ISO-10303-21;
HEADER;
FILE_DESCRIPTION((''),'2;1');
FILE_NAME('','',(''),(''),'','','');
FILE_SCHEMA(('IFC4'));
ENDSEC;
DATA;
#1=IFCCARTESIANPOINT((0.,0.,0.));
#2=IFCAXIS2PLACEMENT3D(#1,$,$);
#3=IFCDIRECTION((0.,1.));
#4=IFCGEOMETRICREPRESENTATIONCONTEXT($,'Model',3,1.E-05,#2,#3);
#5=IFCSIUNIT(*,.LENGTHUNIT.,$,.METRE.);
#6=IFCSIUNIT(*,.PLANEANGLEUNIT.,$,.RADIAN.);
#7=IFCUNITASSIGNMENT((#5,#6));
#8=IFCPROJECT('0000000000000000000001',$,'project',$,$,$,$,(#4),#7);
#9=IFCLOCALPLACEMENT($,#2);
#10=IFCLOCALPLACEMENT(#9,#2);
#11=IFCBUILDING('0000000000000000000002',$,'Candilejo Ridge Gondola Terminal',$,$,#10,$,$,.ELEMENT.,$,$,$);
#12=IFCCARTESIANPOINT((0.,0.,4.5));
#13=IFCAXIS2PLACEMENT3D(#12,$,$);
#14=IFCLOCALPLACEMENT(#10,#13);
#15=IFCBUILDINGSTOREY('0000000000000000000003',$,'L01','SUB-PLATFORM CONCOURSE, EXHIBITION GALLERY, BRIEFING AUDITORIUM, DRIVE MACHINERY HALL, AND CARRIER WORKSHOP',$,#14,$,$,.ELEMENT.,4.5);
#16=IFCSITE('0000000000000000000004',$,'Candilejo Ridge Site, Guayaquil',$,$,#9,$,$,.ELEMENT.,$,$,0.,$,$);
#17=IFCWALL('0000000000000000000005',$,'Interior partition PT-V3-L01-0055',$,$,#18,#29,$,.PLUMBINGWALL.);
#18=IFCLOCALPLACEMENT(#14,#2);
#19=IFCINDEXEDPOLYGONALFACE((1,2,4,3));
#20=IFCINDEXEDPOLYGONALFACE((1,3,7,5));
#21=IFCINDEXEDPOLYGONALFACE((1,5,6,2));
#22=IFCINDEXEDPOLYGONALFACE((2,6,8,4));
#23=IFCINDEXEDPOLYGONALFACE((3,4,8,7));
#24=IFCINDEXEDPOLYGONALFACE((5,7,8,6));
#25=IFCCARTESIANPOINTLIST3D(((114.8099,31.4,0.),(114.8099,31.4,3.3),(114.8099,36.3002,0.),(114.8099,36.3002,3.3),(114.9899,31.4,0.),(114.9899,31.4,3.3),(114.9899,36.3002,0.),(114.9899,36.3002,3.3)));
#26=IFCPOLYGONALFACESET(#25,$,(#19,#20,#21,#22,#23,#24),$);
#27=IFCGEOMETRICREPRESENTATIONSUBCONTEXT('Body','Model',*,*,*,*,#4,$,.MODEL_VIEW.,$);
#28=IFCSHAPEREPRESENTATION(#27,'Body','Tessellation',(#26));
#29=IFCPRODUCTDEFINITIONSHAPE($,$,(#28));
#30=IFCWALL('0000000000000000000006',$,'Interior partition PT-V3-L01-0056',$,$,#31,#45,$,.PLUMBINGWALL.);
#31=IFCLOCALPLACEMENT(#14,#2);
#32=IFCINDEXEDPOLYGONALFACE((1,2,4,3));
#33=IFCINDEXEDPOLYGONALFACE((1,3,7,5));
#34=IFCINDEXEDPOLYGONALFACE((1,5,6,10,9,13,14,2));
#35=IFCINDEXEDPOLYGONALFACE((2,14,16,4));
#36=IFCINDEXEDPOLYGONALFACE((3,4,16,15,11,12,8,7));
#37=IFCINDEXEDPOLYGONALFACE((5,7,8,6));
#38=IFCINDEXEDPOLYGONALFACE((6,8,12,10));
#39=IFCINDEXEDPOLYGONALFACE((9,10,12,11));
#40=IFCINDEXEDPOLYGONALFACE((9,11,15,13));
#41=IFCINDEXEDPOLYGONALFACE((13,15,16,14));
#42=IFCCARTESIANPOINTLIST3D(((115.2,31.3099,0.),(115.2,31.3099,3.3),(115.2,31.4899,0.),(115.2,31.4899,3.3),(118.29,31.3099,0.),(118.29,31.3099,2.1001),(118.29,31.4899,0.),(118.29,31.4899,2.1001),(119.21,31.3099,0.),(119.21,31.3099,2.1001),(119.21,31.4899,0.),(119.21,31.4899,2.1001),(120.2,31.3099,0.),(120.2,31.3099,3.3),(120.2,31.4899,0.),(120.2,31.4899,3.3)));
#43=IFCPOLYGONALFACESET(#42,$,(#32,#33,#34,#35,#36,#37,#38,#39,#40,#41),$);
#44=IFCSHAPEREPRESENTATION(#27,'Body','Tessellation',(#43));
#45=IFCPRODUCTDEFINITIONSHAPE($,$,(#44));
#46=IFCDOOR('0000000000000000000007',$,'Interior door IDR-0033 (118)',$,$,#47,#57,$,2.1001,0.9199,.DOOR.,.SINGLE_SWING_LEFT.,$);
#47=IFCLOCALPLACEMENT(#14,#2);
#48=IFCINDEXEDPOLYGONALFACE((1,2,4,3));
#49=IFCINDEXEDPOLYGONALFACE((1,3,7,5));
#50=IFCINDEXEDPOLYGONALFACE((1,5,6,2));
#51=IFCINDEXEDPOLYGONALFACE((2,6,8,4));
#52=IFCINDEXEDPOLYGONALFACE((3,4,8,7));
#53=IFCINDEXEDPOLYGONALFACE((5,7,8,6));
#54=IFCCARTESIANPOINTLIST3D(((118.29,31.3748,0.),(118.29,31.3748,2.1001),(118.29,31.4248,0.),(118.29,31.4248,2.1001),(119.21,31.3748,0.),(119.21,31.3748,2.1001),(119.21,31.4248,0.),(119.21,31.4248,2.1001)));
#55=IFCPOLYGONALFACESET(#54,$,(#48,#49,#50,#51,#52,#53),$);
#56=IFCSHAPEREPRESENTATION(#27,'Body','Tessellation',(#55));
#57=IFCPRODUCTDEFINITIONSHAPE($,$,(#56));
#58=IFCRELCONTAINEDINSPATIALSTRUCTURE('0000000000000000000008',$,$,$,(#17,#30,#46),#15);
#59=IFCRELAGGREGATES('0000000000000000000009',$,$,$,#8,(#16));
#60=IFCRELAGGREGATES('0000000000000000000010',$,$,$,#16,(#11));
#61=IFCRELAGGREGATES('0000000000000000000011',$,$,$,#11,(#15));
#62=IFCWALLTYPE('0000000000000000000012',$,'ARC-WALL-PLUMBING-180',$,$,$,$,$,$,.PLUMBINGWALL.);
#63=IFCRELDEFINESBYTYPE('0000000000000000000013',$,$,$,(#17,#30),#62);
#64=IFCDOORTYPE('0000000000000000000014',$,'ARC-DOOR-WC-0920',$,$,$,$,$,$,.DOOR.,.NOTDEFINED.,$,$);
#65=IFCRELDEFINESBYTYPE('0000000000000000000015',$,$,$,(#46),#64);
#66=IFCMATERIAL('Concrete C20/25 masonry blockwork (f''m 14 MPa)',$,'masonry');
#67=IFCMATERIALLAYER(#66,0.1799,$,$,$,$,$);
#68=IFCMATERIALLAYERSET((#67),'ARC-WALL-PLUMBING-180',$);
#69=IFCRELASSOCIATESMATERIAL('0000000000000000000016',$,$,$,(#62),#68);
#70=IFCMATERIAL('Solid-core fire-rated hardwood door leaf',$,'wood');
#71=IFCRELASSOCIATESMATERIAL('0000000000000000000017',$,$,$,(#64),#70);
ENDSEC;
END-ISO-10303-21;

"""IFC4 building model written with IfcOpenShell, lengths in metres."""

from ifc_helpers import new_model, si_unit, direction, frame, frame_2d, origin, place, context, subcontext, project, spatial, rectangle, extrude, material, layer, layer_set, type_object, element, fill, save


model = new_model("IFC4")

# Units and contexts
model_context = context("Model", 3, precision=1e-05, world=origin(), true_north=direction((0.0, 1.0)))
body_context = subcontext(model_context, "Body", "Model", "MODEL_VIEW")
ifc_project = project(units=[si_unit("LENGTHUNIT", "METRE"), si_unit("PLANEANGLEUNIT", "RADIAN")], contexts=[model_context])

# Site, building, storey
site_placement = place(None, origin())
site = spatial("IfcSite", under=ifc_project, at=site_placement, Name="Candilejo Ridge Site, Guayaquil", CompositionType="ELEMENT", RefElevation=0.0)
building_placement = place(site_placement, origin())
building = spatial("IfcBuilding", under=site, at=building_placement, Name="Candilejo Ridge Gondola Terminal", CompositionType="ELEMENT")
storey_placement = place(building_placement, frame((0.0, 0.0, 4.5)))
storey = spatial("IfcBuildingStorey", under=building, at=storey_placement, Name="L01", Description="SUB-PLATFORM CONCOURSE, EXHIBITION GALLERY, BRIEFING AUDITORIUM, DRIVE MACHINERY HALL, AND CARRIER WORKSHOP", CompositionType="ELEMENT", Elevation=4.5)

# Wall
ifc_material_1 = material(Name="Concrete C20/25 masonry blockwork (f'm 14 MPa)", Category="masonry")
ifc_layer_1 = layer(ifc_material_1, 0.1799)
ifc_layer_set_1 = layer_set([ifc_layer_1], Name="ARC-WALL-PLUMBING-180")
wall_type_1 = type_object("IfcWallType", Name="ARC-WALL-PLUMBING-180", PredefinedType="PLUMBINGWALL", material=ifc_layer_set_1)
wall_1_placement = place(storey_placement, frame((114.8999, 31.3999, 0.0), z_axis=(0.0, 0.0, 1.0), x_axis=(0.0, 1.0, 0.0)))
element("IfcWall", 1, at=wall_1_placement, inside=storey, type_object=wall_type_1, Name="Interior partition PT-V3-L01-0055", PredefinedType="PLUMBINGWALL", context=body_context, shape_type="SweptSolid", body=[
    extrude(rectangle(XDim=4.9001, YDim=0.1799, at=frame_2d((2.4502, 0.0))), origin(), (0.0, 0.0, 1.0), 3.3),
])

# Wall, opening, door
wall_2_placement = place(storey_placement, frame((115.2, 31.3999, 0.0), z_axis=(0.0, 0.0, 1.0), x_axis=(1.0, 0.0, 0.0)))
wall_2 = element("IfcWall", 2, at=wall_2_placement, inside=storey, type_object=wall_type_1, Name="Interior partition PT-V3-L01-0056", PredefinedType="PLUMBINGWALL", context=body_context, shape_type="SweptSolid", body=[
    extrude(rectangle(XDim=5.0, YDim=0.1799, at=frame_2d((2.5, 0.0))), origin(), (0.0, 0.0, 1.0), 3.3),
])
opening_1_placement = place(wall_2_placement, frame((3.0901, 0.0, 0.0)))
opening_1 = element("IfcOpeningElement", 3, at=opening_1_placement, cuts=wall_2, PredefinedType="OPENING", context=body_context, shape_type="SweptSolid", body=[
    extrude(rectangle(XDim=0.9199, YDim=2.1001, at=frame_2d((0.46, 1.05))), frame((0.0, 0.0999, 0.0), z_axis=(0.0, -1.0, 0.0), x_axis=(1.0, 0.0, 0.0)), (0.0, 0.0, 1.0), 0.2),
])
ifc_material_2 = material(Name="Solid-core fire-rated hardwood door leaf", Category="wood")
door_type_1 = type_object("IfcDoorType", Name="ARC-DOOR-WC-0920", OperationType="NOTDEFINED", PredefinedType="DOOR", material=ifc_material_2)
door_1_placement = place(opening_1_placement, origin())
door_1 = element("IfcDoor", 4, at=door_1_placement, inside=storey, type_object=door_type_1, Name="Interior door IDR-0033 (118)", OperationType="SINGLE_SWING_LEFT", OverallHeight=2.1001, OverallWidth=0.9199, PredefinedType="DOOR", context=body_context, shape_type="SweptSolid", body=[
    extrude(rectangle(XDim=0.9199, YDim=2.1001, at=frame_2d((0.46, 1.05))), frame((0.0, 0.0249, 0.0), z_axis=(0.0, -1.0, 0.0), x_axis=(1.0, 0.0, 0.0)), (0.0, 0.0, 1.0), 0.05),
])
fill(opening_1, door_1)

save(model, "model.ifc")
